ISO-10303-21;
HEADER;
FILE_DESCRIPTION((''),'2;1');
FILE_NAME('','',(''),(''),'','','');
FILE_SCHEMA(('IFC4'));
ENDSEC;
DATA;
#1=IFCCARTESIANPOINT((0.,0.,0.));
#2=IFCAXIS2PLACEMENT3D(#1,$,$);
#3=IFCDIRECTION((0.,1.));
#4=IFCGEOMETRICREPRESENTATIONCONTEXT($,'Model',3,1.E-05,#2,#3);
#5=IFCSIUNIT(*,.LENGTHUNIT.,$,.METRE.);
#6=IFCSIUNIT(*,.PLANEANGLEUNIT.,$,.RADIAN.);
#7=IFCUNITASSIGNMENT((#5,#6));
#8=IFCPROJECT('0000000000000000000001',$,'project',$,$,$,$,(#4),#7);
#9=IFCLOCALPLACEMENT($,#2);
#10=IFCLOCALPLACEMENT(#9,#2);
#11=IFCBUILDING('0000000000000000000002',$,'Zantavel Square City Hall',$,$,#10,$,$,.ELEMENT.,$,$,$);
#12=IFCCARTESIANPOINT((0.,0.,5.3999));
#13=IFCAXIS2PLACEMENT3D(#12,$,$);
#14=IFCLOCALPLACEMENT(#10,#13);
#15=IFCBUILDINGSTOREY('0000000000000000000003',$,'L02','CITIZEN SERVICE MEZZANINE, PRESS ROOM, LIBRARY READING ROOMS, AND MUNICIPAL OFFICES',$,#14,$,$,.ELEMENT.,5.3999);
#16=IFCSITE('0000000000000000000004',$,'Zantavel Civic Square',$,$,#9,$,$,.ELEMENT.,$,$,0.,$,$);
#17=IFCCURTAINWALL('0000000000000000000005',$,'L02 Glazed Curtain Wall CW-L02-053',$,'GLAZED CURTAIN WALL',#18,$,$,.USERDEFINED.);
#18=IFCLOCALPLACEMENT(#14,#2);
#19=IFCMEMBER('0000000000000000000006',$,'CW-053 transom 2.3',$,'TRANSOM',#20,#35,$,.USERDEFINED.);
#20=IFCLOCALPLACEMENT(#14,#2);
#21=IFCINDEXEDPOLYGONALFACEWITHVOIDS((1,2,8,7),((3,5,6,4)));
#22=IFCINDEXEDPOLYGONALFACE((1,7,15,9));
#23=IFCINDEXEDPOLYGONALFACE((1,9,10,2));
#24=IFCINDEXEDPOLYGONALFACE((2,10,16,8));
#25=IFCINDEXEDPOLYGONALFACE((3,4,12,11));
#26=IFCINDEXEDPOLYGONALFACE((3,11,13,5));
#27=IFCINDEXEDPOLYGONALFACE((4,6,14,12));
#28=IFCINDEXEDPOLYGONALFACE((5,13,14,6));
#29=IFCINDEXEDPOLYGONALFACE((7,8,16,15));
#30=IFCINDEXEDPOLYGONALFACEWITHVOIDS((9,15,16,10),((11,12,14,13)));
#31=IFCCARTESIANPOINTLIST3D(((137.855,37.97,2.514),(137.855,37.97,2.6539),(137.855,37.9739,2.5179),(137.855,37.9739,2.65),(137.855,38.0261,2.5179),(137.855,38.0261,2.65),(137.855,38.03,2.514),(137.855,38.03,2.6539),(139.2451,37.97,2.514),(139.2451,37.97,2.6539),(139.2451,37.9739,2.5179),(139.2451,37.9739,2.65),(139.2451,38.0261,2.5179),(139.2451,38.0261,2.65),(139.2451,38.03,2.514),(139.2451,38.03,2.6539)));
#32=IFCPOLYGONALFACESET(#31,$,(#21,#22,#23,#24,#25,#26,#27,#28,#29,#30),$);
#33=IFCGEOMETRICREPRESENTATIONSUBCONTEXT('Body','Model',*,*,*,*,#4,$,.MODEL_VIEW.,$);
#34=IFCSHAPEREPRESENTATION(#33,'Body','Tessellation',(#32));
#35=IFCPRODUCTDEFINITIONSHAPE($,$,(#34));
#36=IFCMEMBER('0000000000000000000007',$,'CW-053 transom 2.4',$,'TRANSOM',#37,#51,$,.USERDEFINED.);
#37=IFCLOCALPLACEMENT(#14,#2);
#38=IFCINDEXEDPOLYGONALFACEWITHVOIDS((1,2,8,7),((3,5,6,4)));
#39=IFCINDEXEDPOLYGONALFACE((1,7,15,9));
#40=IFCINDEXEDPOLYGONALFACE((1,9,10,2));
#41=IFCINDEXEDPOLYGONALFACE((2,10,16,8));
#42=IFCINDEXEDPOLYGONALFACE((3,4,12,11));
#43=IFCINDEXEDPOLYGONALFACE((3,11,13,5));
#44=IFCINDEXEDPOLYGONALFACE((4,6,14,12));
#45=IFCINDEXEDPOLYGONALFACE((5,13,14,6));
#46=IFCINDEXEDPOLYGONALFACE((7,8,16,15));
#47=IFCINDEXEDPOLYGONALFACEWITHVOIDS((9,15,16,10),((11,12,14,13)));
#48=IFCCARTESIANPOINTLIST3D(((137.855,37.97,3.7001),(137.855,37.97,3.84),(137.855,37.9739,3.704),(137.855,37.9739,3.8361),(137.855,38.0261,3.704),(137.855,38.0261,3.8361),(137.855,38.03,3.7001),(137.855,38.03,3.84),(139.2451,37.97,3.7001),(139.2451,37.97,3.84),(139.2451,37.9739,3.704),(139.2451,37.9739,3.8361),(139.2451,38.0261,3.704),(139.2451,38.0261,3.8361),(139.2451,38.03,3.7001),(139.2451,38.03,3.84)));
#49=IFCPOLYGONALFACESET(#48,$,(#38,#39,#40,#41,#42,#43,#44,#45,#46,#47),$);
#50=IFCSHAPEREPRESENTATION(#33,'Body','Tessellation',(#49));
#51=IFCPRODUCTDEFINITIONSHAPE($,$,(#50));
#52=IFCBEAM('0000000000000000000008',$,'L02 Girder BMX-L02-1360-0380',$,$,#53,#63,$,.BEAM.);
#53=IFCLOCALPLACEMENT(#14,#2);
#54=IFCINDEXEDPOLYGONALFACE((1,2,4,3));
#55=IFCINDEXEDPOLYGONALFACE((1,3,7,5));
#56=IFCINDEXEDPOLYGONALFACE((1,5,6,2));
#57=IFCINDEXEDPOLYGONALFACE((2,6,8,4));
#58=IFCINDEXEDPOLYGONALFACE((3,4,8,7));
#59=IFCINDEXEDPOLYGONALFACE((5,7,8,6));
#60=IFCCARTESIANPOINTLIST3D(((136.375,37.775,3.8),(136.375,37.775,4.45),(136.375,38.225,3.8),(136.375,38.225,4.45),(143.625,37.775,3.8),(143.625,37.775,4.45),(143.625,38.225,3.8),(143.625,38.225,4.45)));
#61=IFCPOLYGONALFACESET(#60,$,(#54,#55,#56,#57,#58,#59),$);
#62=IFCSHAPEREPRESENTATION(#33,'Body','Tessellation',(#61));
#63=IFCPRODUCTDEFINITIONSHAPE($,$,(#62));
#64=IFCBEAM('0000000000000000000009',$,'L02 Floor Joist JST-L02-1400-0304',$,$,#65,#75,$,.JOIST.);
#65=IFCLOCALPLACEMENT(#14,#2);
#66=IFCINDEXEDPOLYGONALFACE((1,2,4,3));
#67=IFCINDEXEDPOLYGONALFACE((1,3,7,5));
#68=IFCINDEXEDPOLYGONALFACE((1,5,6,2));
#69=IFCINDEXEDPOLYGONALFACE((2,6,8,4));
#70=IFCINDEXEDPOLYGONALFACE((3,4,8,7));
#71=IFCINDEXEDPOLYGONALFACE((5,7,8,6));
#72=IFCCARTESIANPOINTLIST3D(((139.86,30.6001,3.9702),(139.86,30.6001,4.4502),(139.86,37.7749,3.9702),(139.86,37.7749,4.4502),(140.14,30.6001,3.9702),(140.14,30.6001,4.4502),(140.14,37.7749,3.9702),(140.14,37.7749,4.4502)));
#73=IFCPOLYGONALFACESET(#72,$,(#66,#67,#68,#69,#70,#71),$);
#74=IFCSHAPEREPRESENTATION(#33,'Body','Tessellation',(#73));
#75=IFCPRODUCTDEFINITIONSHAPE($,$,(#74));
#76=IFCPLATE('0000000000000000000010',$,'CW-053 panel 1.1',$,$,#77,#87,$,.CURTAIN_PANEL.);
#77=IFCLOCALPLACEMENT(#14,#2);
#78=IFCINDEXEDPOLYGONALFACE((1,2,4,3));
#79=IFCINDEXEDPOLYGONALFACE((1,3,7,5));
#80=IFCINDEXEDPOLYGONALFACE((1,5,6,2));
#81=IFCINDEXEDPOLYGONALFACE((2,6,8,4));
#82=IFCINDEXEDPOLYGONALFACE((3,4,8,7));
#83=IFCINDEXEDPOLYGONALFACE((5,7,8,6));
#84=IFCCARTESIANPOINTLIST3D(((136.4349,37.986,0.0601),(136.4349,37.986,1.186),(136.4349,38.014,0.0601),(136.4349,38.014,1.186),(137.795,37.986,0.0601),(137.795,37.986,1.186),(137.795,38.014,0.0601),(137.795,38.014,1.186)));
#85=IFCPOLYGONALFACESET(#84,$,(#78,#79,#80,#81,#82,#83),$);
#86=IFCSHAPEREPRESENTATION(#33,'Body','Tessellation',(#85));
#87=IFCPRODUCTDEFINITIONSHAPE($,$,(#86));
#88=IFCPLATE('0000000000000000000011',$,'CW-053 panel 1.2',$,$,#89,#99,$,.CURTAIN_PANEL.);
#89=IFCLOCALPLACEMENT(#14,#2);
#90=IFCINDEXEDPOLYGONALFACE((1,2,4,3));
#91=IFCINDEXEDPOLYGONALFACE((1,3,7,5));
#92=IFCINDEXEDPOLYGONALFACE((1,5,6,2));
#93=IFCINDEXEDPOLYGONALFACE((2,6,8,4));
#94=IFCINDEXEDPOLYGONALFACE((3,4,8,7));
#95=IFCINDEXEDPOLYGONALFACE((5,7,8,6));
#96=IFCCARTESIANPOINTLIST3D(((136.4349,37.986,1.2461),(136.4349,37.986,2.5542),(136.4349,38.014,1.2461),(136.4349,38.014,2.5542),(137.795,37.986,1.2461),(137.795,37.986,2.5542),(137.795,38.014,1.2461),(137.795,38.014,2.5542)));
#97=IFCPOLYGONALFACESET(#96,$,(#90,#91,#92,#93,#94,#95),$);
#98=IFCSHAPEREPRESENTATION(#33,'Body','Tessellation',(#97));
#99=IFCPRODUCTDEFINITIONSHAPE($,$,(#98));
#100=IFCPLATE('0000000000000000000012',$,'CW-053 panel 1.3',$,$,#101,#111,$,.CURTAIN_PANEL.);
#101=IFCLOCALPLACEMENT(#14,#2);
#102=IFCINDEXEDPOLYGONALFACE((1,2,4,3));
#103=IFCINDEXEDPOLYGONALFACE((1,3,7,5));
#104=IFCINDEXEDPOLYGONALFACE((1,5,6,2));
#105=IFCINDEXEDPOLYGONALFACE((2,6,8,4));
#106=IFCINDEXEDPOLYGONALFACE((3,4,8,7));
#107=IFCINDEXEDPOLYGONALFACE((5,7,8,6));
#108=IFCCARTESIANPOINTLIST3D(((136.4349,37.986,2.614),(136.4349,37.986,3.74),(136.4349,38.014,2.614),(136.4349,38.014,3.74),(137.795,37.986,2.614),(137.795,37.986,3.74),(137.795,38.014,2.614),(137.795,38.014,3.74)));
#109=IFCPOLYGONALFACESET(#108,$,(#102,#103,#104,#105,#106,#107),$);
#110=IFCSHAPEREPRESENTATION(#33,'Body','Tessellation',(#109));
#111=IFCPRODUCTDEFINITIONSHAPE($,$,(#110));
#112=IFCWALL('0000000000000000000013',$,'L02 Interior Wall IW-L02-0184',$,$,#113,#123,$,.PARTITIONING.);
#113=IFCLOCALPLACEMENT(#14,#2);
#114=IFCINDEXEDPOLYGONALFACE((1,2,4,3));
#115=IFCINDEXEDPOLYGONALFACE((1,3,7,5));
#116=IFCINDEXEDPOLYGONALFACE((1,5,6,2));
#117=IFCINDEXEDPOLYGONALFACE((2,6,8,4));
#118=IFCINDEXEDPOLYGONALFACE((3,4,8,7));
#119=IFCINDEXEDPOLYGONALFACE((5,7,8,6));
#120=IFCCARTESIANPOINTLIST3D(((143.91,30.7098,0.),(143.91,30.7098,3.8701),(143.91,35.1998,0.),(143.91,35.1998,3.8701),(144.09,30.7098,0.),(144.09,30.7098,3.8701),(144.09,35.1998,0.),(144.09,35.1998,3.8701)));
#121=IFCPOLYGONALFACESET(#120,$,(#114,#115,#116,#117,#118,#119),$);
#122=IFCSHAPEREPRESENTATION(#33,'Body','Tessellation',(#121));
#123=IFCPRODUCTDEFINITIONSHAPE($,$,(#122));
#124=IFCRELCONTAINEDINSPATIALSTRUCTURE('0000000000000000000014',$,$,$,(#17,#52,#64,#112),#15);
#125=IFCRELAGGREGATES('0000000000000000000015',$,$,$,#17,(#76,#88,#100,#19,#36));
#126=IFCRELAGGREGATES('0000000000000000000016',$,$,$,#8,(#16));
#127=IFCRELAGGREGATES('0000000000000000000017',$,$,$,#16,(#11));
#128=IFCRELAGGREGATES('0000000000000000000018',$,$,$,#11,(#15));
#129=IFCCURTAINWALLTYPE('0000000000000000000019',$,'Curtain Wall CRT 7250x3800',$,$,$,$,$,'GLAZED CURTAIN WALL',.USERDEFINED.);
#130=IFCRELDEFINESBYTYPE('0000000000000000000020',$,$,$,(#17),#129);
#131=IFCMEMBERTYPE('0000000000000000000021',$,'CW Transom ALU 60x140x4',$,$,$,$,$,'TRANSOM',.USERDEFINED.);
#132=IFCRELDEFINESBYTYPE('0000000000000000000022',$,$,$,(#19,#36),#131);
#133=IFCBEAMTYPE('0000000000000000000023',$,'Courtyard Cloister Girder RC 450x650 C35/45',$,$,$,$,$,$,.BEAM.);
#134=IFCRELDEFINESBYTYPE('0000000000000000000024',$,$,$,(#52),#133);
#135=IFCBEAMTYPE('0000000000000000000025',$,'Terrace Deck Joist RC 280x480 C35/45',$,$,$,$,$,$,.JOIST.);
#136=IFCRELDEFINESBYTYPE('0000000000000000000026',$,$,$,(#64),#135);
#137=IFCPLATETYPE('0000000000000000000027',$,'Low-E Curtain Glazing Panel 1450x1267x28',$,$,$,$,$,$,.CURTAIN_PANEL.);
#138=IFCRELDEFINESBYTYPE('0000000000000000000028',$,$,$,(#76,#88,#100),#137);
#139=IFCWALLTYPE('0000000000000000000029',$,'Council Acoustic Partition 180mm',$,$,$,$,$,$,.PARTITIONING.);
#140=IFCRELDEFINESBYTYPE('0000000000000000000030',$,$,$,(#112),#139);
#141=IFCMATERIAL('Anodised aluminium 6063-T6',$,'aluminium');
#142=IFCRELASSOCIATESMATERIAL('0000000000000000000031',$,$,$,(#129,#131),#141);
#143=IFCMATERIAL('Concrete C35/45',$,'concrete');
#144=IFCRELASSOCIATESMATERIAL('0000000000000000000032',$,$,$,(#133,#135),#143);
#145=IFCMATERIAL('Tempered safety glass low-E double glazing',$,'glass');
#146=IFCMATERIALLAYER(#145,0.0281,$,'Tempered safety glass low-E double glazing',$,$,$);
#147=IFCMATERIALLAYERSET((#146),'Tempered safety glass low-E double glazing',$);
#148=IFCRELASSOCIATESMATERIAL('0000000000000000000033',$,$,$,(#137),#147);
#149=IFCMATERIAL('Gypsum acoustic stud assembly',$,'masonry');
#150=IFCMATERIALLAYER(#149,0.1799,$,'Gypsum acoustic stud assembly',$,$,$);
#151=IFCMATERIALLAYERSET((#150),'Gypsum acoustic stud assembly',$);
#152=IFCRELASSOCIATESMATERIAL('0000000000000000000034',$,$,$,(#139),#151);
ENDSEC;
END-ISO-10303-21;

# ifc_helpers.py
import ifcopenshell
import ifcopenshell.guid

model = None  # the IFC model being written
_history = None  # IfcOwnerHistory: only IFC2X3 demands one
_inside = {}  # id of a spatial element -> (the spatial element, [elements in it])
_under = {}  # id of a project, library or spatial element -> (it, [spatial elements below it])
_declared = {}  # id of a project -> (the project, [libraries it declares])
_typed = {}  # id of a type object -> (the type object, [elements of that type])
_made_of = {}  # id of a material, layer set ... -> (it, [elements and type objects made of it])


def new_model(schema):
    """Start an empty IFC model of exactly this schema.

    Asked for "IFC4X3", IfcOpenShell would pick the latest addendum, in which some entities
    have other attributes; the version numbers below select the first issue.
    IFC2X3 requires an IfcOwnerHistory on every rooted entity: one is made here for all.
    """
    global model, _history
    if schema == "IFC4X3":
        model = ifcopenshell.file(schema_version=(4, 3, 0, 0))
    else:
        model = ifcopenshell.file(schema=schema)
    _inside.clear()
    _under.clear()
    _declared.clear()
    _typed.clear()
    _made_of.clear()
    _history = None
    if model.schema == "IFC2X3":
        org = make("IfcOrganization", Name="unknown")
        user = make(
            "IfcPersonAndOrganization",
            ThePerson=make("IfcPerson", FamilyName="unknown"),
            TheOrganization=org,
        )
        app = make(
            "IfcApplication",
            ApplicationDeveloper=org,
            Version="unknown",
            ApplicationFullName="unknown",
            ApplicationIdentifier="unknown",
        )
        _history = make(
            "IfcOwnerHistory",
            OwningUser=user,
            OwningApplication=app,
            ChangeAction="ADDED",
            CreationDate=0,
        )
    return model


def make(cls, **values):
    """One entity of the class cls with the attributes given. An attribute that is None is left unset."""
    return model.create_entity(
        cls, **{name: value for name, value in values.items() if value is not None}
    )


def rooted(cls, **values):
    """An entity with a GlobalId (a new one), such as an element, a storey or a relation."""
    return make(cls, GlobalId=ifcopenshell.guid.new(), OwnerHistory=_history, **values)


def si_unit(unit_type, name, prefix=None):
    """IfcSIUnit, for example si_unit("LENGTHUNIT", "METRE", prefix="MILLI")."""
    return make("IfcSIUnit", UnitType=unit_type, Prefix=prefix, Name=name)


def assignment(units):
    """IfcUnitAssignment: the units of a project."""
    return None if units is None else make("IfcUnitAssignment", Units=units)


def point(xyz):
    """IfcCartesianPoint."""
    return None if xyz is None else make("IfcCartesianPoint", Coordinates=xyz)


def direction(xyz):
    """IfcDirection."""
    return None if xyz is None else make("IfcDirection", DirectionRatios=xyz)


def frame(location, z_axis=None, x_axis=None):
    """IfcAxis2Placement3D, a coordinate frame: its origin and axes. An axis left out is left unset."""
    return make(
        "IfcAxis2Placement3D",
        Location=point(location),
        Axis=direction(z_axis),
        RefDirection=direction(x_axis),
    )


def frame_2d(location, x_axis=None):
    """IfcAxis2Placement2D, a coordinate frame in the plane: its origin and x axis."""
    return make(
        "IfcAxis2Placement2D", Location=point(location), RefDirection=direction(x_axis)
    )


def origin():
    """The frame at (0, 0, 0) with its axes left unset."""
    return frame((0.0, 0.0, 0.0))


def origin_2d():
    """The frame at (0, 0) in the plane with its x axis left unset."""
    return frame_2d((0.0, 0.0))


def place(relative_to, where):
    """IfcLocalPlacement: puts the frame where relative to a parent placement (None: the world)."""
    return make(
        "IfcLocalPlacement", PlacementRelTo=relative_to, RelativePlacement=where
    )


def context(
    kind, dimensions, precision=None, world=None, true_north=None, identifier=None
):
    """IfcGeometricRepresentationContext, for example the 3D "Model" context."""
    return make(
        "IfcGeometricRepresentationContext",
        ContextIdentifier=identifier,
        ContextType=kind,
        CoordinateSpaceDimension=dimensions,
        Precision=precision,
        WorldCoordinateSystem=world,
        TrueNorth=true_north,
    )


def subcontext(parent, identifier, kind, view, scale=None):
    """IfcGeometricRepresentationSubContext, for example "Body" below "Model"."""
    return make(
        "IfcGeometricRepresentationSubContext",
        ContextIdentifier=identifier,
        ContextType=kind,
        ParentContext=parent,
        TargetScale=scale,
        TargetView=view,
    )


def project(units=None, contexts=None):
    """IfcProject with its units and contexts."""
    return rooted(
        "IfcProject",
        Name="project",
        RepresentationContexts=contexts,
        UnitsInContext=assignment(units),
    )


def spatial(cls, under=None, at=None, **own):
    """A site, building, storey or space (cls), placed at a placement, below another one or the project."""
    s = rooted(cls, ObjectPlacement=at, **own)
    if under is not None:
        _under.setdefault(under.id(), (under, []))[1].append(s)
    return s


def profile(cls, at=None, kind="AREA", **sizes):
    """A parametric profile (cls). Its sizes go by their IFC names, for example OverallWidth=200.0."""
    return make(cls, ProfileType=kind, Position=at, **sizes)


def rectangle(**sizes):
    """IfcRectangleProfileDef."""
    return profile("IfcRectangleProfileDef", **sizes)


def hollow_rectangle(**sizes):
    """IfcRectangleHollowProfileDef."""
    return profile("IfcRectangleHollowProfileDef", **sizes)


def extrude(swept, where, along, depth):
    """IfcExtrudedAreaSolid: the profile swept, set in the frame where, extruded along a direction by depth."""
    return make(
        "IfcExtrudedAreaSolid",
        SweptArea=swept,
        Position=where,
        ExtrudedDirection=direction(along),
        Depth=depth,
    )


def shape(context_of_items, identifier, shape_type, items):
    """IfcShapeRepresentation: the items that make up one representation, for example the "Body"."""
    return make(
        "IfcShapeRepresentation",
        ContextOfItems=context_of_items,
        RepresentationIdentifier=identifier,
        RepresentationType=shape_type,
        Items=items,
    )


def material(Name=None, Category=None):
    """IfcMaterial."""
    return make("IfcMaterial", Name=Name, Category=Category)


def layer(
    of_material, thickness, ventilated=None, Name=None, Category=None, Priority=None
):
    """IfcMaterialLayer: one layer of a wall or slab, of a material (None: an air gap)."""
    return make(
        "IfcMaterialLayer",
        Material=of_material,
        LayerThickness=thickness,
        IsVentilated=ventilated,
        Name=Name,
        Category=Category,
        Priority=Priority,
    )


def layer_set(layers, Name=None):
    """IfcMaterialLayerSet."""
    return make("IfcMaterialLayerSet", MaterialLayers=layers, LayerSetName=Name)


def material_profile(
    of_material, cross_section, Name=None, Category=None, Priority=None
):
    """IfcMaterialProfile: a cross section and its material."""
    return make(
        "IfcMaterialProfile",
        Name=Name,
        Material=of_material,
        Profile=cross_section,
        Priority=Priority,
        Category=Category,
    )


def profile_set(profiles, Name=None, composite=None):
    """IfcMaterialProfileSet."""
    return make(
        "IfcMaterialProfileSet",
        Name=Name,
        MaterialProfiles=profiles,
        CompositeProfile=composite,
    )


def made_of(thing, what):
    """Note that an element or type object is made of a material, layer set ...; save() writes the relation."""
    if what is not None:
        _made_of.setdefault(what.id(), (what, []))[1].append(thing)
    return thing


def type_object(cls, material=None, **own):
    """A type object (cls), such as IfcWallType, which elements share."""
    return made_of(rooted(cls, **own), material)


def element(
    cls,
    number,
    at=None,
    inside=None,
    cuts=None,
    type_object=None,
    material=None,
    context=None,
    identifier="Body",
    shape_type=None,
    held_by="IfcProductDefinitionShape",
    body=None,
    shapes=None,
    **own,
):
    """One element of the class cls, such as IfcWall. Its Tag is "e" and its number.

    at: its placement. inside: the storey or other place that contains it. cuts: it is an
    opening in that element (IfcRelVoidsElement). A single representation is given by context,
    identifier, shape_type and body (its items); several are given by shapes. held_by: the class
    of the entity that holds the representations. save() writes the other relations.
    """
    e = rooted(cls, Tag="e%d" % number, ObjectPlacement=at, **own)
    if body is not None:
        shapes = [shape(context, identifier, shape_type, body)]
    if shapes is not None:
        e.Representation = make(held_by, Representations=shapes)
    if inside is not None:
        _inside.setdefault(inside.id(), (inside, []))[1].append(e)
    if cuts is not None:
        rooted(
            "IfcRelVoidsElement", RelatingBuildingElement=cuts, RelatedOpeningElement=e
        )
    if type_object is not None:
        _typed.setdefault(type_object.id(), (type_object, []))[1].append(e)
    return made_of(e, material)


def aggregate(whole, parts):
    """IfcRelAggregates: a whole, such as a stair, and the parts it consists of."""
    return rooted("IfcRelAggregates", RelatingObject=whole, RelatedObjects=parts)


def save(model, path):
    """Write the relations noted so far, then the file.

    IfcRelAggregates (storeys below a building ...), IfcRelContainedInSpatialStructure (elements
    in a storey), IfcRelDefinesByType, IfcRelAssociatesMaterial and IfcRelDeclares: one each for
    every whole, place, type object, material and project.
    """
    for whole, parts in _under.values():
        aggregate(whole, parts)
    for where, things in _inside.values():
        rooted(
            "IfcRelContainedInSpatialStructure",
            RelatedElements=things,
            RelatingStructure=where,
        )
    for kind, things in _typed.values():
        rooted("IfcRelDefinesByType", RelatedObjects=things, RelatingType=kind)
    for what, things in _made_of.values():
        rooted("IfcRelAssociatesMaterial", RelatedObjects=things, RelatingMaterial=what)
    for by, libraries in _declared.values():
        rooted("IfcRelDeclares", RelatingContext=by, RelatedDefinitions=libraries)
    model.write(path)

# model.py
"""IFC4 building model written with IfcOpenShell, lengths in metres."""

from ifc_helpers import new_model, si_unit, direction, frame, frame_2d, origin, origin_2d, place, context, subcontext, project, spatial, rectangle, hollow_rectangle, extrude, material, layer, layer_set, material_profile, profile_set, type_object, element, aggregate, save


model = new_model("IFC4")

# Units and contexts
model_context = context("Model", 3, precision=1e-05, world=origin(), true_north=direction((0.0, 1.0)))
body_context = subcontext(model_context, "Body", "Model", "MODEL_VIEW")
ifc_project = project(units=[si_unit("LENGTHUNIT", "METRE"), si_unit("PLANEANGLEUNIT", "RADIAN")], contexts=[model_context])

# Site, building, storey
site_placement = place(None, origin())
site = spatial("IfcSite", under=ifc_project, at=site_placement, Name="Zantavel Civic Square", CompositionType="ELEMENT", RefElevation=0.0)
building_placement = place(site_placement, origin())
building = spatial("IfcBuilding", under=site, at=building_placement, Name="Zantavel Square City Hall", CompositionType="ELEMENT")
storey_placement = place(building_placement, frame((0.0, 0.0, 5.3999)))
storey = spatial("IfcBuildingStorey", under=building, at=storey_placement, Name="L02", Description="CITIZEN SERVICE MEZZANINE, PRESS ROOM, LIBRARY READING ROOMS, AND MUNICIPAL OFFICES", CompositionType="ELEMENT", Elevation=5.3999)

# Shared definitions
ifc_material_1 = material(Name="Concrete C35/45", Category="concrete")

# Curtain wall, members
ifc_material_2 = material(Name="Anodised aluminium 6063-T6", Category="aluminium")
curtain_wall_type = type_object("IfcCurtainWallType", Name="Curtain Wall CRT 7250x3800", ElementType="GLAZED CURTAIN WALL", PredefinedType="USERDEFINED", material=ifc_material_2)
curtain_wall_placement = place(storey_placement, origin())
curtain_wall = element("IfcCurtainWall", 1, at=curtain_wall_placement, inside=storey, type_object=curtain_wall_type, Name="L02 Glazed Curtain Wall CW-L02-053", ObjectType="GLAZED CURTAIN WALL", PredefinedType="USERDEFINED")
ifc_material_profile_1 = material_profile(ifc_material_2, hollow_rectangle(XDim=0.0601, YDim=0.1399, WallThickness=0.0039, at=origin_2d()), Name="ALU 60x140x4")
ifc_profile_set_1 = profile_set([ifc_material_profile_1], Name="Anodised aluminium 6063-T6")
member_type_1 = type_object("IfcMemberType", Name="CW Transom ALU 60x140x4", ElementType="TRANSOM", PredefinedType="USERDEFINED", material=ifc_profile_set_1)
member_1_placement = place(storey_placement, frame((137.855, 38.0, 2.584), z_axis=(1.0, 0.0, 0.0), x_axis=(0.0, 1.0, 0.0)))
member_1 = element("IfcMember", 2, at=member_1_placement, type_object=member_type_1, Name="CW-053 transom 2.3", ObjectType="TRANSOM", PredefinedType="USERDEFINED", context=body_context, shape_type="SweptSolid", body=[
    extrude(hollow_rectangle(XDim=0.0601, YDim=0.1399, WallThickness=0.0039, at=origin_2d()), origin(), (0.0, 0.0, 1.0), 1.3901),
])
member_2_placement = place(storey_placement, frame((137.855, 38.0, 3.77), z_axis=(1.0, 0.0, 0.0), x_axis=(0.0, 1.0, 0.0)))
member_2 = element("IfcMember", 3, at=member_2_placement, type_object=member_type_1, Name="CW-053 transom 2.4", ObjectType="TRANSOM", PredefinedType="USERDEFINED", context=body_context, shape_type="SweptSolid", body=[
    extrude(hollow_rectangle(XDim=0.0601, YDim=0.1399, WallThickness=0.0039, at=origin_2d()), origin(), (0.0, 0.0, 1.0), 1.3901),
])

# Beams
ifc_material_profile_2 = material_profile(ifc_material_1, rectangle(XDim=0.45, YDim=0.6499, at=origin_2d()), Name="RC 450x650")
ifc_profile_set_2 = profile_set([ifc_material_profile_2], Name="Concrete C35/45")
beam_type_1 = type_object("IfcBeamType", Name="Courtyard Cloister Girder RC 450x650 C35/45", PredefinedType="BEAM", material=ifc_profile_set_2)
beam_1_placement = place(storey_placement, frame((136.375, 38.0, 4.125), z_axis=(1.0, 0.0, 0.0), x_axis=(0.0, 1.0, 0.0)))
element("IfcBeam", 4, at=beam_1_placement, inside=storey, type_object=beam_type_1, Name="L02 Girder BMX-L02-1360-0380", PredefinedType="BEAM", context=body_context, shape_type="SweptSolid", body=[
    extrude(rectangle(XDim=0.45, YDim=0.6499, at=origin_2d()), origin(), (0.0, 0.0, 1.0), 7.25),
])
ifc_material_profile_3 = material_profile(ifc_material_1, rectangle(XDim=0.28, YDim=0.48, at=origin_2d()), Name="RC 280x480")
ifc_profile_set_3 = profile_set([ifc_material_profile_3], Name="Concrete C35/45")
beam_type_2 = type_object("IfcBeamType", Name="Terrace Deck Joist RC 280x480 C35/45", PredefinedType="JOIST", material=ifc_profile_set_3)
beam_2_placement = place(storey_placement, frame((140.0, 30.6001, 4.2102), z_axis=(0.0, 1.0, 0.0), x_axis=(-1.0, 0.0, 0.0)))
element("IfcBeam", 5, at=beam_2_placement, inside=storey, type_object=beam_type_2, Name="L02 Floor Joist JST-L02-1400-0304", PredefinedType="JOIST", context=body_context, shape_type="SweptSolid", body=[
    extrude(rectangle(XDim=0.28, YDim=0.48, at=origin_2d()), origin(), (0.0, 0.0, 1.0), 7.1748),
])

# Plates
ifc_material_3 = material(Name="Tempered safety glass low-E double glazing", Category="glass")
ifc_layer_1 = layer(ifc_material_3, 0.0281, Name="Tempered safety glass low-E double glazing")
ifc_layer_set_1 = layer_set([ifc_layer_1], Name="Tempered safety glass low-E double glazing")
plate_type = type_object("IfcPlateType", Name="Low-E Curtain Glazing Panel 1450x1267x28", PredefinedType="CURTAIN_PANEL", material=ifc_layer_set_1)
plate_1_placement = place(storey_placement, frame((137.115, 38.0, 0.0601), z_axis=(0.0, 0.0, 1.0), x_axis=(1.0, 0.0, 0.0)))
plate_1 = element("IfcPlate", 6, at=plate_1_placement, type_object=plate_type, Name="CW-053 panel 1.1", PredefinedType="CURTAIN_PANEL", context=body_context, shape_type="SweptSolid", body=[
    extrude(rectangle(XDim=1.3601, YDim=0.0281, at=origin_2d()), origin(), (0.0, 0.0, 1.0), 1.126),
])
plate_2_placement = place(storey_placement, frame((137.115, 38.0, 1.2461), z_axis=(0.0, 0.0, 1.0), x_axis=(1.0, 0.0, 0.0)))
plate_2 = element("IfcPlate", 7, at=plate_2_placement, type_object=plate_type, Name="CW-053 panel 1.2", PredefinedType="CURTAIN_PANEL", context=body_context, shape_type="SweptSolid", body=[
    extrude(rectangle(XDim=1.3601, YDim=0.0281, at=origin_2d()), origin(), (0.0, 0.0, 1.0), 1.3081),
])
plate_3_placement = place(storey_placement, frame((137.115, 38.0, 2.614), z_axis=(0.0, 0.0, 1.0), x_axis=(1.0, 0.0, 0.0)))
plate_3 = element("IfcPlate", 8, at=plate_3_placement, type_object=plate_type, Name="CW-053 panel 1.3", PredefinedType="CURTAIN_PANEL", context=body_context, shape_type="SweptSolid", body=[
    extrude(rectangle(XDim=1.3601, YDim=0.0281, at=origin_2d()), origin(), (0.0, 0.0, 1.0), 1.126),
])
aggregate(curtain_wall, [plate_1, plate_2, plate_3, member_1, member_2])

# Wall
ifc_material_4 = material(Name="Gypsum acoustic stud assembly", Category="masonry")
ifc_layer_2 = layer(ifc_material_4, 0.1799, Name="Gypsum acoustic stud assembly")
ifc_layer_set_2 = layer_set([ifc_layer_2], Name="Gypsum acoustic stud assembly")
wall_type_1 = type_object("IfcWallType", Name="Council Acoustic Partition 180mm", PredefinedType="PARTITIONING", material=ifc_layer_set_2)
wall_1_placement = place(storey_placement, frame((144.0, 35.2, 0.0), z_axis=(0.0, 0.0, 1.0), x_axis=(0.0, -1.0, 0.0)))
element("IfcWall", 9, at=wall_1_placement, inside=storey, type_object=wall_type_1, Name="L02 Interior Wall IW-L02-0184", PredefinedType="PARTITIONING", context=body_context, shape_type="SweptSolid", body=[
    extrude(rectangle(XDim=4.49, YDim=0.1799, at=frame_2d((2.2451, 0.0))), origin(), (0.0, 0.0, 1.0), 3.8701),
])

save(model, "model.ifc")
